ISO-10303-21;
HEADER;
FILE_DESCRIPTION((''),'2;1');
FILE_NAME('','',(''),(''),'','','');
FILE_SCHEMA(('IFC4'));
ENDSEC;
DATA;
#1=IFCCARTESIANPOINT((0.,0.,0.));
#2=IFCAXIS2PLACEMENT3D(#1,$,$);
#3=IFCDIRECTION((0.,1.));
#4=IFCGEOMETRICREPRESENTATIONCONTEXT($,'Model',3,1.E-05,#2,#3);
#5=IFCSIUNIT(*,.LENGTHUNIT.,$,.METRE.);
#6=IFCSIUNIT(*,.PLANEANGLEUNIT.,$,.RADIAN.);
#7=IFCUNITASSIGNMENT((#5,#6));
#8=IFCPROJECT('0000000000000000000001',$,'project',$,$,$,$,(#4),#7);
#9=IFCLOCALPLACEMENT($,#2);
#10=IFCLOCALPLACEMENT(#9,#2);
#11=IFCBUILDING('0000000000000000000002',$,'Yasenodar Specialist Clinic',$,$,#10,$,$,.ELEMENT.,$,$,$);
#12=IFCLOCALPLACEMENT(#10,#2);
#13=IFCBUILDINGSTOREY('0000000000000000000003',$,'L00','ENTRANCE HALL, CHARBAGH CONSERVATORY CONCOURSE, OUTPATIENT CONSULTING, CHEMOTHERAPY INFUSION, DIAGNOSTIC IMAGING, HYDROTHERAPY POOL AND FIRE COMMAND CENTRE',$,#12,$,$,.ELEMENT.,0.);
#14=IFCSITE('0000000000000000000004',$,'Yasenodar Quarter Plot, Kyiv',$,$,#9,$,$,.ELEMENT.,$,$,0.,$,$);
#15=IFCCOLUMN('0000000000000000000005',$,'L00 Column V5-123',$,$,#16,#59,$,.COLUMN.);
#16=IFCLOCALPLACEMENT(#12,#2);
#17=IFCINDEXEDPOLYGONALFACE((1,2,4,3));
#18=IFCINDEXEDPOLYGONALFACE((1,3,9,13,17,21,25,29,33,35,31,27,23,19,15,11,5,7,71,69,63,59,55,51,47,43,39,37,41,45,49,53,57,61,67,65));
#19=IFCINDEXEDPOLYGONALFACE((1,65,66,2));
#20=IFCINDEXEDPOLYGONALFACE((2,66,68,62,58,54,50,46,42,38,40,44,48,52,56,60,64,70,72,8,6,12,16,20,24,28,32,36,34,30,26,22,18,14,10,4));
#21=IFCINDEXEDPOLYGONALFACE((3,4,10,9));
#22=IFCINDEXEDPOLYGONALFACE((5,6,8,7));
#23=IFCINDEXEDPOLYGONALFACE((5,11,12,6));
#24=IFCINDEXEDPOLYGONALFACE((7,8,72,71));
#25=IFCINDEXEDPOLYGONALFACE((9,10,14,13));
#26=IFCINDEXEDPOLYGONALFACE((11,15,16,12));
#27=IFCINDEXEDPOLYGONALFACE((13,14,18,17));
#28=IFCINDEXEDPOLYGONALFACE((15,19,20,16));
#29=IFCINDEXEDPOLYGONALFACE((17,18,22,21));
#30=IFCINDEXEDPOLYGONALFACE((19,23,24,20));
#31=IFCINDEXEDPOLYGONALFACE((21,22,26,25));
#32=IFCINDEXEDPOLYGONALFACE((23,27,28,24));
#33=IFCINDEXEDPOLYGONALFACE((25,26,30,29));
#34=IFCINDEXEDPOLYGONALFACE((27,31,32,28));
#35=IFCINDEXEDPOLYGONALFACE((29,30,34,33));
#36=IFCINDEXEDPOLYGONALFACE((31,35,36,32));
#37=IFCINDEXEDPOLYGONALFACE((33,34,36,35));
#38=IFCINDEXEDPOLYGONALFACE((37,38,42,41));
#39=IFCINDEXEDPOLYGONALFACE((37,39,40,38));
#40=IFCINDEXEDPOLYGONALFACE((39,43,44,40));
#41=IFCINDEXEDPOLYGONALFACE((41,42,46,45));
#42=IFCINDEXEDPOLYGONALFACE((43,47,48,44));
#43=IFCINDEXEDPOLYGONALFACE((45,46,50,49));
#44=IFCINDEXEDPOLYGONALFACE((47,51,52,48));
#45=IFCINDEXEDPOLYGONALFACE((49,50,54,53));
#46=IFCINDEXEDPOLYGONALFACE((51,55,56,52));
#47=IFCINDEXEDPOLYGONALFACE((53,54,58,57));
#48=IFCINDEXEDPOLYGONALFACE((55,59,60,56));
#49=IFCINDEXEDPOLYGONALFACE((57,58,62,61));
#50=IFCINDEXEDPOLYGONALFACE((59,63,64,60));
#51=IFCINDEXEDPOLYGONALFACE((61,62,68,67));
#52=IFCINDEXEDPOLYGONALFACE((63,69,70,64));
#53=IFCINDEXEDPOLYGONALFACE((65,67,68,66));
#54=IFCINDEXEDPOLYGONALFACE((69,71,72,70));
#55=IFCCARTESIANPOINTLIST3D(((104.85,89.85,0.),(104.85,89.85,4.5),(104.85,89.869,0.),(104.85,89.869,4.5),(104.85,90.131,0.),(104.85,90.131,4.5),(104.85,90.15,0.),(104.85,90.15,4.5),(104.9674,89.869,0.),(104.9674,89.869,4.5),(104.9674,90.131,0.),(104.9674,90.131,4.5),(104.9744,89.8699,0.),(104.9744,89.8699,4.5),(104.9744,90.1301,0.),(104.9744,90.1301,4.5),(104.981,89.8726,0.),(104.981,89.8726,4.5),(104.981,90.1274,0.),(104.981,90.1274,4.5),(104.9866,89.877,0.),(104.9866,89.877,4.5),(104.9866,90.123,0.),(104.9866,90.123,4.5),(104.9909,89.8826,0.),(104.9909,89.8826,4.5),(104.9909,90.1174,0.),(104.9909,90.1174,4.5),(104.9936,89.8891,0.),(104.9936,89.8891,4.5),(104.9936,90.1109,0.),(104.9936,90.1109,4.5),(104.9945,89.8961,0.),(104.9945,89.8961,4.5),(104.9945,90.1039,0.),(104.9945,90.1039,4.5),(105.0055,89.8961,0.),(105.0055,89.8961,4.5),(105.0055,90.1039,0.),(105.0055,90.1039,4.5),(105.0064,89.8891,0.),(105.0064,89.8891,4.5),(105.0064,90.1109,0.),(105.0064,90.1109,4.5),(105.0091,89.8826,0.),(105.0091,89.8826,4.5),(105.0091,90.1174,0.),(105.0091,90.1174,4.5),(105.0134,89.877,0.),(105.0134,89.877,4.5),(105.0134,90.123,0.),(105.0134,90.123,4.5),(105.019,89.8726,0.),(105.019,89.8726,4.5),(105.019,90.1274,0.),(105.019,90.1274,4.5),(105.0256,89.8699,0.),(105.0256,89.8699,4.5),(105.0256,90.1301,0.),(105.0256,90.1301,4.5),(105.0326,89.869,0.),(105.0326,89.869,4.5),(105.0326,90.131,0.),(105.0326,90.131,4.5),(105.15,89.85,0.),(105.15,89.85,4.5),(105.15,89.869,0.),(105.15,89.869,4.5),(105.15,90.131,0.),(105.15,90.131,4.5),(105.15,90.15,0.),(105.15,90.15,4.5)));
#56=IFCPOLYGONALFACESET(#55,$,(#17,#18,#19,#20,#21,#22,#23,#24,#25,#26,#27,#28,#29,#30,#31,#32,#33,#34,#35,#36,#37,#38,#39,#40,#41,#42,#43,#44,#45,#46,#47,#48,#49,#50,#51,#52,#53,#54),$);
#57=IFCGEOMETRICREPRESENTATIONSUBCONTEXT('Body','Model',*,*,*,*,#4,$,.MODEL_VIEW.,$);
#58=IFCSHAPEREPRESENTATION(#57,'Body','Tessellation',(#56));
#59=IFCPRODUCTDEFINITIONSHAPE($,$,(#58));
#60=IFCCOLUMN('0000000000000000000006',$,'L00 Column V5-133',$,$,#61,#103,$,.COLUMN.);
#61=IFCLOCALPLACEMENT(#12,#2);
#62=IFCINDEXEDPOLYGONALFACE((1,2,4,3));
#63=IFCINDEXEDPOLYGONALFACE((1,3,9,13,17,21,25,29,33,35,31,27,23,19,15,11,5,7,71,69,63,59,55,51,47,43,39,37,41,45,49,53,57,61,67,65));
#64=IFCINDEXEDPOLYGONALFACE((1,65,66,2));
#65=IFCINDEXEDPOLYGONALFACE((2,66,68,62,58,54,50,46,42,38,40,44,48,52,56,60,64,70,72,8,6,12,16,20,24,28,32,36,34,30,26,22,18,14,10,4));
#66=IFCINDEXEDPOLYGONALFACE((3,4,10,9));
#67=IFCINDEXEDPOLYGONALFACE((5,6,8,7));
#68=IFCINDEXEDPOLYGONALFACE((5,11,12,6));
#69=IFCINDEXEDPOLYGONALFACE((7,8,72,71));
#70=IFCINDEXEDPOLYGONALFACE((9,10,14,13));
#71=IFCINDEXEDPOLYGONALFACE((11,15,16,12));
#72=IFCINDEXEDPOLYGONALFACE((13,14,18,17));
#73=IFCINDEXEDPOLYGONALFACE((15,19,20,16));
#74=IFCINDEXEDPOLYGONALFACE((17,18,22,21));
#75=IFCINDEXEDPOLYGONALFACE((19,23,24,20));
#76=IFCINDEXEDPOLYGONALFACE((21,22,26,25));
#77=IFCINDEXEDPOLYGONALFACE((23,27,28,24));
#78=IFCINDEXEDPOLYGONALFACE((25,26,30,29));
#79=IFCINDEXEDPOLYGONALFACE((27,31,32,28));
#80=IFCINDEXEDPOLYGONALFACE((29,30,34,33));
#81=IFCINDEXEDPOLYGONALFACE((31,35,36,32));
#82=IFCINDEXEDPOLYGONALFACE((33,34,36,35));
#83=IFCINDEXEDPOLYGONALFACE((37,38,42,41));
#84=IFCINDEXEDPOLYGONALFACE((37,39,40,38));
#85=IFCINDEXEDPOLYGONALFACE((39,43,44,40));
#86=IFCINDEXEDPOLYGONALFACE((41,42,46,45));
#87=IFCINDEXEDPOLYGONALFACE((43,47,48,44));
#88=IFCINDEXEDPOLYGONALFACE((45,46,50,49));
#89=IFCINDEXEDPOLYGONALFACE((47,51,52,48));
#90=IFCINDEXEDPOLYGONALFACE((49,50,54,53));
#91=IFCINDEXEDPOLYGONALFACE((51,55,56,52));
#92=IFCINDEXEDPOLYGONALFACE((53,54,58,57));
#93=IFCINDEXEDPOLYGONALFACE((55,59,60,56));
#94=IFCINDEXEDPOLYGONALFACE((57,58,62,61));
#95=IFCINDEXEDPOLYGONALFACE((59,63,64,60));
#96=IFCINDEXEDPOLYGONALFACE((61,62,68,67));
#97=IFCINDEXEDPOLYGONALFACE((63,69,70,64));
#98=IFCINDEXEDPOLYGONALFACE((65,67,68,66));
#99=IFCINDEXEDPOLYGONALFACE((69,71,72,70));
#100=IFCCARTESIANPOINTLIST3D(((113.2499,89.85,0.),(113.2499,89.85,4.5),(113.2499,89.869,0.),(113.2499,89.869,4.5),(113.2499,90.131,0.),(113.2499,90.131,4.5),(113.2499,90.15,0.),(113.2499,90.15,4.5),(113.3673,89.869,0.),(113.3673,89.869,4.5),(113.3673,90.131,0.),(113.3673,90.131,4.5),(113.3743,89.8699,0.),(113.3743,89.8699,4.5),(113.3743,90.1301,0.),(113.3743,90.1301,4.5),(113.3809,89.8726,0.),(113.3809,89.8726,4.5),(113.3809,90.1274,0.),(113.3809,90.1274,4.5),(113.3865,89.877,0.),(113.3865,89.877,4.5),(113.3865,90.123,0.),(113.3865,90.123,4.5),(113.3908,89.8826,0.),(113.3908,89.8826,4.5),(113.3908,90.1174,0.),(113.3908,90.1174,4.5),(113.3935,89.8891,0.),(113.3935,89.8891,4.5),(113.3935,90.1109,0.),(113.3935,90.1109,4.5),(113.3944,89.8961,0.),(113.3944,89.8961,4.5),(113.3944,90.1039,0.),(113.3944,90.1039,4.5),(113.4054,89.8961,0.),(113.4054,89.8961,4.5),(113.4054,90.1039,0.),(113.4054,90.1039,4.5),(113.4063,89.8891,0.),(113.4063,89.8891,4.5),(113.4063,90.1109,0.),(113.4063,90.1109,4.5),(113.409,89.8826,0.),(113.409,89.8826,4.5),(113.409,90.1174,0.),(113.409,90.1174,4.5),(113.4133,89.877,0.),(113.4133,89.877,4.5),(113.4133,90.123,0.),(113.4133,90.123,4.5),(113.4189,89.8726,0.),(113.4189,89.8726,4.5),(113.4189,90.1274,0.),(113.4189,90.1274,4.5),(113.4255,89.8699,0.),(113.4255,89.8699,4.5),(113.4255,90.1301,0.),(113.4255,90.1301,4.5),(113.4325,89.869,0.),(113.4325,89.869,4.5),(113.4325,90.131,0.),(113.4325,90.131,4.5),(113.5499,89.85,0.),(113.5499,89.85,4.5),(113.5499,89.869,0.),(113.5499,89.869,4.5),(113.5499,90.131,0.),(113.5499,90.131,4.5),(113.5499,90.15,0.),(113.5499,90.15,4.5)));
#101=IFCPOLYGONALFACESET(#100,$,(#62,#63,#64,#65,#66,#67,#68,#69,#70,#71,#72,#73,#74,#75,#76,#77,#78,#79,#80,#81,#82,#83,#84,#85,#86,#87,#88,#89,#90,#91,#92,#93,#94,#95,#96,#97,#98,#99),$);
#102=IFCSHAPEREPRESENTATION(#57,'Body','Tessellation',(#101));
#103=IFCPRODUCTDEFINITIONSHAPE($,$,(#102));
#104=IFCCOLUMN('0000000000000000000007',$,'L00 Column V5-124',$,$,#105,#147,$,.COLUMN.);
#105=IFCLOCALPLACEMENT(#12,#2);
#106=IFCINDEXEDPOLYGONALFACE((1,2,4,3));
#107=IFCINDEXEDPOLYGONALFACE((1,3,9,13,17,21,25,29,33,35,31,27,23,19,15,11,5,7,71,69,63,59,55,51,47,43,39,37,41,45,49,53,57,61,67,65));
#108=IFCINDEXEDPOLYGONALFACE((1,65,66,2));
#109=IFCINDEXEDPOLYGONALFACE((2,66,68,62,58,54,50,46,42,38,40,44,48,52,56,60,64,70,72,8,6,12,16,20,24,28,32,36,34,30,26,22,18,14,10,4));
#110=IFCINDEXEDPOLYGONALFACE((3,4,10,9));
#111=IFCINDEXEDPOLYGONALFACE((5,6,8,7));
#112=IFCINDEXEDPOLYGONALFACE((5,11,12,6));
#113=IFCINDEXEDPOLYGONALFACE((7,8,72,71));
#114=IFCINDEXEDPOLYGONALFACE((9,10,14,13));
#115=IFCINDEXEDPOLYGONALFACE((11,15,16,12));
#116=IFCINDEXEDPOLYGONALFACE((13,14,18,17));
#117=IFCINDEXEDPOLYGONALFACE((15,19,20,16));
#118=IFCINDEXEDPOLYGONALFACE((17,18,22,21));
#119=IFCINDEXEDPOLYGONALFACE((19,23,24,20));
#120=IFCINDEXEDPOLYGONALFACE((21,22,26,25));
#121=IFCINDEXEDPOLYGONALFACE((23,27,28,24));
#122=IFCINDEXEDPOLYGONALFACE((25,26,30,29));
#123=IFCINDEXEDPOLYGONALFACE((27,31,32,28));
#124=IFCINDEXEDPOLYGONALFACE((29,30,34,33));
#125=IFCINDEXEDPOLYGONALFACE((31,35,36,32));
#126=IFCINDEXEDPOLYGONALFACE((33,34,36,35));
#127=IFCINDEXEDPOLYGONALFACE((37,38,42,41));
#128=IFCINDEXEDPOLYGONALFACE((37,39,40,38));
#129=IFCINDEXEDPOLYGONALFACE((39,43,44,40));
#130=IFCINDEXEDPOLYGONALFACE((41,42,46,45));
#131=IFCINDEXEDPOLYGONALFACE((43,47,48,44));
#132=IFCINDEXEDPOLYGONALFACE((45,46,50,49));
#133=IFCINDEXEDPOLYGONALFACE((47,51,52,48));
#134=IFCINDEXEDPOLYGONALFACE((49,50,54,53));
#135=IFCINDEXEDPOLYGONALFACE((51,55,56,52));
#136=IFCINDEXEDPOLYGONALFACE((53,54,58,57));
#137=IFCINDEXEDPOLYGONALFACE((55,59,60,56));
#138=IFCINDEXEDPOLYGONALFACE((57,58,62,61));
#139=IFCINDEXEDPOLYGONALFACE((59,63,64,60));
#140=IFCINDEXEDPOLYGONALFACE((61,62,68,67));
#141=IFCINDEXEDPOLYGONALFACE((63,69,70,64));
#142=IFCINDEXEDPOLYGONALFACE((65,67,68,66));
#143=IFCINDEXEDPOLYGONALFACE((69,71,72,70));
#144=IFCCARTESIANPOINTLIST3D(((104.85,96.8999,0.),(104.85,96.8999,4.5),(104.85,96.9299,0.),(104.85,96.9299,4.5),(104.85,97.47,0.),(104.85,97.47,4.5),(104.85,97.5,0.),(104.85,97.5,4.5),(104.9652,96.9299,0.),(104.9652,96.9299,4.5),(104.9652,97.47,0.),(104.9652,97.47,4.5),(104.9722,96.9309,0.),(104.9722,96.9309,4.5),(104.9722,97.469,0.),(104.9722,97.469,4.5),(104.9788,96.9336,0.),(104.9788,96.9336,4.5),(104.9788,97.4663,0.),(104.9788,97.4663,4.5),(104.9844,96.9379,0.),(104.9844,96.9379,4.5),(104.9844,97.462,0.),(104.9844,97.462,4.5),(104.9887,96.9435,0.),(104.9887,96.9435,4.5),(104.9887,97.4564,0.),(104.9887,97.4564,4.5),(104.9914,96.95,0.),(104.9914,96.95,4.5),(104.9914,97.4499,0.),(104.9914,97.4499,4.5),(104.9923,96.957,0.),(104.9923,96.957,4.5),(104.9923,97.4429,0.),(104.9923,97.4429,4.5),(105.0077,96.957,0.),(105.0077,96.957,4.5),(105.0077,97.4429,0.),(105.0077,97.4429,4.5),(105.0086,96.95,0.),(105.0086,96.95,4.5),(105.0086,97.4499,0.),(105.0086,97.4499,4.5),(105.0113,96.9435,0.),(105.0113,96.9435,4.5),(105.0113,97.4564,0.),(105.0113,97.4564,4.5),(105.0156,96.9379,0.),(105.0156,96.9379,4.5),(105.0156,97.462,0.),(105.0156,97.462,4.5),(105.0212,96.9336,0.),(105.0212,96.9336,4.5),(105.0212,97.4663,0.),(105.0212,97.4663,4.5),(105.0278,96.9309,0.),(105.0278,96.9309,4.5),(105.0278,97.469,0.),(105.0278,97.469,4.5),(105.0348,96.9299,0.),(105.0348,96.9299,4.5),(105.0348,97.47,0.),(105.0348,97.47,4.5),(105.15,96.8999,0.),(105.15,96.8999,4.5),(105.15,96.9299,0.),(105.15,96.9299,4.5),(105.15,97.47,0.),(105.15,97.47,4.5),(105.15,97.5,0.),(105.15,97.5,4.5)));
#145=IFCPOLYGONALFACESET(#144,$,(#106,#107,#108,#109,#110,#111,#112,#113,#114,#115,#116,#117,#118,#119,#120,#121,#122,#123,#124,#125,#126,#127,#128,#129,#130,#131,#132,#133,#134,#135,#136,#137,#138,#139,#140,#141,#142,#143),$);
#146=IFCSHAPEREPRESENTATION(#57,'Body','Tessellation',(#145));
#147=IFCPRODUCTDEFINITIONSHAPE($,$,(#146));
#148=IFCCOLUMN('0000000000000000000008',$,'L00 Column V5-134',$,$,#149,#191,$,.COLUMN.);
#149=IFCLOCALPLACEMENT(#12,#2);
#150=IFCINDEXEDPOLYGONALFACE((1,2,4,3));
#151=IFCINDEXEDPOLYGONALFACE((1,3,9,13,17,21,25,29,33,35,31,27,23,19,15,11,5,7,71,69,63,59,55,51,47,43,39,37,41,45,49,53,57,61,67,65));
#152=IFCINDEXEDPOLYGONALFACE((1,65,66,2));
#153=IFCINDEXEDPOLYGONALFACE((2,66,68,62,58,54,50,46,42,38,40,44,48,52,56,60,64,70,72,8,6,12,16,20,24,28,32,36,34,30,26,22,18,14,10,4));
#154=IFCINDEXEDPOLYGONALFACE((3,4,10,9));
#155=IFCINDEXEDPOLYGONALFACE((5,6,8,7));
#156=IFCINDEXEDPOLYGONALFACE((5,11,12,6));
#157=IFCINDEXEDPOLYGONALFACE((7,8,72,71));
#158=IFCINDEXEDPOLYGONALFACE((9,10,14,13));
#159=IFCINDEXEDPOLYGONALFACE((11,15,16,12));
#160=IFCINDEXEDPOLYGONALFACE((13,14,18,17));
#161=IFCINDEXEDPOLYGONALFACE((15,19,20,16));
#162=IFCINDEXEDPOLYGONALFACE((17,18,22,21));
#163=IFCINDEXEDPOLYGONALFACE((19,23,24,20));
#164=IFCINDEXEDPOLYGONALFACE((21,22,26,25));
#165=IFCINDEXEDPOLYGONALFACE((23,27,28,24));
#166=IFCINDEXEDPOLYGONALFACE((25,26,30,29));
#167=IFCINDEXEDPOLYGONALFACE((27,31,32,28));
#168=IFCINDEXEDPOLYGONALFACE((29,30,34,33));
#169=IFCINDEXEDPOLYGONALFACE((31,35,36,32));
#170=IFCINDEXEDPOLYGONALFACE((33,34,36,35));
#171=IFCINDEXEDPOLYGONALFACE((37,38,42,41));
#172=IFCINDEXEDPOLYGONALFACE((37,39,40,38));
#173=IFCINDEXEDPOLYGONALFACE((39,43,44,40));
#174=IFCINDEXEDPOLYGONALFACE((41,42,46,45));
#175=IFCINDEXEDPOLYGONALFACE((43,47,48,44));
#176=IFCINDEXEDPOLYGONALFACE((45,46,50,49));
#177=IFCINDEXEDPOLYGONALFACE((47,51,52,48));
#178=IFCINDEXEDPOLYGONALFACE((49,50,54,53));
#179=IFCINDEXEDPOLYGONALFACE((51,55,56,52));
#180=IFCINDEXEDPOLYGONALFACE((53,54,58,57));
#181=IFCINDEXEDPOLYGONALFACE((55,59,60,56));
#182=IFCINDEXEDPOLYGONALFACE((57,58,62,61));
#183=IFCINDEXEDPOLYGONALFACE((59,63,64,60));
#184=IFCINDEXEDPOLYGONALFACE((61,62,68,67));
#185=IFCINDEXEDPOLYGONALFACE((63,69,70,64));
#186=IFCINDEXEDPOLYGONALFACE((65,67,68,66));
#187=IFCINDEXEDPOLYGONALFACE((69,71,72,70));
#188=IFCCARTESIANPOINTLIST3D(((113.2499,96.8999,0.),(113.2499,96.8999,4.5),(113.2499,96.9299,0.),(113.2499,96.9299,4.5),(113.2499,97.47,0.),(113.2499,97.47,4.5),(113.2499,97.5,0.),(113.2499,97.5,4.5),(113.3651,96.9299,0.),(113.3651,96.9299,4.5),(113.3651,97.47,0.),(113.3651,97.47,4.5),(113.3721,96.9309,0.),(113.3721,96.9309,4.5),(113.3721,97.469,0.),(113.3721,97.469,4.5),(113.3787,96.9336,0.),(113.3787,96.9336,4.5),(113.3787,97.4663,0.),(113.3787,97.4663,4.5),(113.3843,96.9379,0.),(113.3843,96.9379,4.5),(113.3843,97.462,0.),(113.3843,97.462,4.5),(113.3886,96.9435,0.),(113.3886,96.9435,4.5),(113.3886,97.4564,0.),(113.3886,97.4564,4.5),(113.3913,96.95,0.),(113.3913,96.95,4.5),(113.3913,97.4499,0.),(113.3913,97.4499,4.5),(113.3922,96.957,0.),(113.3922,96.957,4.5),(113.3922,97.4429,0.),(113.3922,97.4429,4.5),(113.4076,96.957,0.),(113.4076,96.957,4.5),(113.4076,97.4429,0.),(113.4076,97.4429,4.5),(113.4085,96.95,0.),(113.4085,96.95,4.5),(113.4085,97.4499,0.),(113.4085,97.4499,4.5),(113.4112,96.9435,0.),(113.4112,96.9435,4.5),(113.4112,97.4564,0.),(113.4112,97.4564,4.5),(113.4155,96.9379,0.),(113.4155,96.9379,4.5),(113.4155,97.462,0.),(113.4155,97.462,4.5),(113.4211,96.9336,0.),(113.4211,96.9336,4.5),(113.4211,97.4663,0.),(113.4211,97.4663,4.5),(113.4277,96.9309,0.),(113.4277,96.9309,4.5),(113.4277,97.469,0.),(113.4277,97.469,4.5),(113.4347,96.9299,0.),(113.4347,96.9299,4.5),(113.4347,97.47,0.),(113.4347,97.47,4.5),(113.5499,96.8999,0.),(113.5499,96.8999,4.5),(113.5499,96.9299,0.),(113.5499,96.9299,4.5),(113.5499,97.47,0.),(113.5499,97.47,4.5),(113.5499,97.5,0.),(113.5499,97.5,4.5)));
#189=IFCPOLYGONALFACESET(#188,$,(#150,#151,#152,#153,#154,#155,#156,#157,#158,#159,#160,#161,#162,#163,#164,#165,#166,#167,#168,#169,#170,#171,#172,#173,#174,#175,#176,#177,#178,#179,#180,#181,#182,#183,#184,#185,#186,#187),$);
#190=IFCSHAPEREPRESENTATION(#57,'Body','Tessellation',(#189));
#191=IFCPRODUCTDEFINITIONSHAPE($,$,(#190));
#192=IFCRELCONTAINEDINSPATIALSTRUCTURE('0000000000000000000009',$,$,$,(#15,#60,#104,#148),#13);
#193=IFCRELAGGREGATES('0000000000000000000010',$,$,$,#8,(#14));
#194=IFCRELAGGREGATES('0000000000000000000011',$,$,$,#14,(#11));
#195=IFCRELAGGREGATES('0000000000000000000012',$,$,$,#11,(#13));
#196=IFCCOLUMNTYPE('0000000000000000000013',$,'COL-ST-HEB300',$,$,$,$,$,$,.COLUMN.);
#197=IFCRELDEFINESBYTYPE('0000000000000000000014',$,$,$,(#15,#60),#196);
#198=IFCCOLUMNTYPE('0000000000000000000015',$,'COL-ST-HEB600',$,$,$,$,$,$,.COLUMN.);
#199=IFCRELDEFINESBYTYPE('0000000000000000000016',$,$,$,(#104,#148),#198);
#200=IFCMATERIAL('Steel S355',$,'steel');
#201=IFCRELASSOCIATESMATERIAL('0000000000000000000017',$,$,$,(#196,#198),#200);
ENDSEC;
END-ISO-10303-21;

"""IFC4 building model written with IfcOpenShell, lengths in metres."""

from ifc_helpers import new_model, si_unit, direction, frame, origin, origin_2d, place, context, subcontext, project, spatial, i_section, extrude, material, material_profile, profile_set, type_object, element, save


model = new_model("IFC4")

# Units and contexts
model_context = context("Model", 3, precision=1e-05, world=origin(), true_north=direction((0.0, 1.0)))
body_context = subcontext(model_context, "Body", "Model", "MODEL_VIEW")
ifc_project = project(units=[si_unit("LENGTHUNIT", "METRE"), si_unit("PLANEANGLEUNIT", "RADIAN")], contexts=[model_context])

# Site, building, storey
site_placement = place(None, origin())
site = spatial("IfcSite", under=ifc_project, at=site_placement, Name="Yasenodar Quarter Plot, Kyiv", CompositionType="ELEMENT", RefElevation=0.0)
building_placement = place(site_placement, origin())
building = spatial("IfcBuilding", under=site, at=building_placement, Name="Yasenodar Specialist Clinic", CompositionType="ELEMENT")
storey_placement = place(building_placement, origin())
storey = spatial("IfcBuildingStorey", under=building, at=storey_placement, Name="L00", Description="ENTRANCE HALL, CHARBAGH CONSERVATORY CONCOURSE, OUTPATIENT CONSULTING, CHEMOTHERAPY INFUSION, DIAGNOSTIC IMAGING, HYDROTHERAPY POOL AND FIRE COMMAND CENTRE", CompositionType="ELEMENT", Elevation=0.0)

# Columns
ifc_material_1 = material(Name="Steel S355", Category="steel")
ifc_material_profile_1 = material_profile(ifc_material_1, i_section(OverallWidth=0.3, OverallDepth=0.3, WebThickness=0.011, FlangeThickness=0.019, FilletRadius=0.0271, at=origin_2d()), Name="HEB 300")
ifc_profile_set_1 = profile_set([ifc_material_profile_1], Name="Steel S355")
column_type_1 = type_object("IfcColumnType", Name="COL-ST-HEB300", PredefinedType="COLUMN", material=ifc_profile_set_1)
for number, where, z_axis, x_axis, name in (
    (1, (105.0, 90.0, 0.0), (0.0, 0.0, 1.0), (1.0, 0.0, 0.0), "L00 Column V5-123"),
    (2, (113.3999, 90.0, 0.0), (0.0, 0.0, 1.0), (1.0, 0.0, 0.0), "L00 Column V5-133"),
):
    element("IfcColumn", number, at=place(storey_placement, frame(where, z_axis=z_axis, x_axis=x_axis)), inside=storey, type_object=column_type_1, Name=name, PredefinedType="COLUMN", context=body_context, shape_type="SweptSolid", body=[
        extrude(i_section(OverallWidth=0.3, OverallDepth=0.3, WebThickness=0.011, FlangeThickness=0.019, FilletRadius=0.0271, at=origin_2d()), origin(), (0.0, 0.0, 1.0), 4.5),
    ])
ifc_material_profile_2 = material_profile(ifc_material_1, i_section(OverallWidth=0.3, OverallDepth=0.6001, WebThickness=0.0154, FlangeThickness=0.03, FilletRadius=0.0271, at=origin_2d()), Name="HEB 600")
ifc_profile_set_2 = profile_set([ifc_material_profile_2], Name="Steel S355")
column_type_2 = type_object("IfcColumnType", Name="COL-ST-HEB600", PredefinedType="COLUMN", material=ifc_profile_set_2)
for number, where, z_axis, x_axis, name in (
    (3, (105.0, 97.2, 0.0), (0.0, 0.0, 1.0), (1.0, 0.0, 0.0), "L00 Column V5-124"),
    (4, (113.3999, 97.2, 0.0), (0.0, 0.0, 1.0), (1.0, 0.0, 0.0), "L00 Column V5-134"),
):
    element("IfcColumn", number, at=place(storey_placement, frame(where, z_axis=z_axis, x_axis=x_axis)), inside=storey, type_object=column_type_2, Name=name, PredefinedType="COLUMN", context=body_context, shape_type="SweptSolid", body=[
        extrude(i_section(OverallWidth=0.3, OverallDepth=0.6001, WebThickness=0.0154, FlangeThickness=0.03, FilletRadius=0.0271, at=origin_2d()), origin(), (0.0, 0.0, 1.0), 4.5),
    ])

save(model, "model.ifc")
